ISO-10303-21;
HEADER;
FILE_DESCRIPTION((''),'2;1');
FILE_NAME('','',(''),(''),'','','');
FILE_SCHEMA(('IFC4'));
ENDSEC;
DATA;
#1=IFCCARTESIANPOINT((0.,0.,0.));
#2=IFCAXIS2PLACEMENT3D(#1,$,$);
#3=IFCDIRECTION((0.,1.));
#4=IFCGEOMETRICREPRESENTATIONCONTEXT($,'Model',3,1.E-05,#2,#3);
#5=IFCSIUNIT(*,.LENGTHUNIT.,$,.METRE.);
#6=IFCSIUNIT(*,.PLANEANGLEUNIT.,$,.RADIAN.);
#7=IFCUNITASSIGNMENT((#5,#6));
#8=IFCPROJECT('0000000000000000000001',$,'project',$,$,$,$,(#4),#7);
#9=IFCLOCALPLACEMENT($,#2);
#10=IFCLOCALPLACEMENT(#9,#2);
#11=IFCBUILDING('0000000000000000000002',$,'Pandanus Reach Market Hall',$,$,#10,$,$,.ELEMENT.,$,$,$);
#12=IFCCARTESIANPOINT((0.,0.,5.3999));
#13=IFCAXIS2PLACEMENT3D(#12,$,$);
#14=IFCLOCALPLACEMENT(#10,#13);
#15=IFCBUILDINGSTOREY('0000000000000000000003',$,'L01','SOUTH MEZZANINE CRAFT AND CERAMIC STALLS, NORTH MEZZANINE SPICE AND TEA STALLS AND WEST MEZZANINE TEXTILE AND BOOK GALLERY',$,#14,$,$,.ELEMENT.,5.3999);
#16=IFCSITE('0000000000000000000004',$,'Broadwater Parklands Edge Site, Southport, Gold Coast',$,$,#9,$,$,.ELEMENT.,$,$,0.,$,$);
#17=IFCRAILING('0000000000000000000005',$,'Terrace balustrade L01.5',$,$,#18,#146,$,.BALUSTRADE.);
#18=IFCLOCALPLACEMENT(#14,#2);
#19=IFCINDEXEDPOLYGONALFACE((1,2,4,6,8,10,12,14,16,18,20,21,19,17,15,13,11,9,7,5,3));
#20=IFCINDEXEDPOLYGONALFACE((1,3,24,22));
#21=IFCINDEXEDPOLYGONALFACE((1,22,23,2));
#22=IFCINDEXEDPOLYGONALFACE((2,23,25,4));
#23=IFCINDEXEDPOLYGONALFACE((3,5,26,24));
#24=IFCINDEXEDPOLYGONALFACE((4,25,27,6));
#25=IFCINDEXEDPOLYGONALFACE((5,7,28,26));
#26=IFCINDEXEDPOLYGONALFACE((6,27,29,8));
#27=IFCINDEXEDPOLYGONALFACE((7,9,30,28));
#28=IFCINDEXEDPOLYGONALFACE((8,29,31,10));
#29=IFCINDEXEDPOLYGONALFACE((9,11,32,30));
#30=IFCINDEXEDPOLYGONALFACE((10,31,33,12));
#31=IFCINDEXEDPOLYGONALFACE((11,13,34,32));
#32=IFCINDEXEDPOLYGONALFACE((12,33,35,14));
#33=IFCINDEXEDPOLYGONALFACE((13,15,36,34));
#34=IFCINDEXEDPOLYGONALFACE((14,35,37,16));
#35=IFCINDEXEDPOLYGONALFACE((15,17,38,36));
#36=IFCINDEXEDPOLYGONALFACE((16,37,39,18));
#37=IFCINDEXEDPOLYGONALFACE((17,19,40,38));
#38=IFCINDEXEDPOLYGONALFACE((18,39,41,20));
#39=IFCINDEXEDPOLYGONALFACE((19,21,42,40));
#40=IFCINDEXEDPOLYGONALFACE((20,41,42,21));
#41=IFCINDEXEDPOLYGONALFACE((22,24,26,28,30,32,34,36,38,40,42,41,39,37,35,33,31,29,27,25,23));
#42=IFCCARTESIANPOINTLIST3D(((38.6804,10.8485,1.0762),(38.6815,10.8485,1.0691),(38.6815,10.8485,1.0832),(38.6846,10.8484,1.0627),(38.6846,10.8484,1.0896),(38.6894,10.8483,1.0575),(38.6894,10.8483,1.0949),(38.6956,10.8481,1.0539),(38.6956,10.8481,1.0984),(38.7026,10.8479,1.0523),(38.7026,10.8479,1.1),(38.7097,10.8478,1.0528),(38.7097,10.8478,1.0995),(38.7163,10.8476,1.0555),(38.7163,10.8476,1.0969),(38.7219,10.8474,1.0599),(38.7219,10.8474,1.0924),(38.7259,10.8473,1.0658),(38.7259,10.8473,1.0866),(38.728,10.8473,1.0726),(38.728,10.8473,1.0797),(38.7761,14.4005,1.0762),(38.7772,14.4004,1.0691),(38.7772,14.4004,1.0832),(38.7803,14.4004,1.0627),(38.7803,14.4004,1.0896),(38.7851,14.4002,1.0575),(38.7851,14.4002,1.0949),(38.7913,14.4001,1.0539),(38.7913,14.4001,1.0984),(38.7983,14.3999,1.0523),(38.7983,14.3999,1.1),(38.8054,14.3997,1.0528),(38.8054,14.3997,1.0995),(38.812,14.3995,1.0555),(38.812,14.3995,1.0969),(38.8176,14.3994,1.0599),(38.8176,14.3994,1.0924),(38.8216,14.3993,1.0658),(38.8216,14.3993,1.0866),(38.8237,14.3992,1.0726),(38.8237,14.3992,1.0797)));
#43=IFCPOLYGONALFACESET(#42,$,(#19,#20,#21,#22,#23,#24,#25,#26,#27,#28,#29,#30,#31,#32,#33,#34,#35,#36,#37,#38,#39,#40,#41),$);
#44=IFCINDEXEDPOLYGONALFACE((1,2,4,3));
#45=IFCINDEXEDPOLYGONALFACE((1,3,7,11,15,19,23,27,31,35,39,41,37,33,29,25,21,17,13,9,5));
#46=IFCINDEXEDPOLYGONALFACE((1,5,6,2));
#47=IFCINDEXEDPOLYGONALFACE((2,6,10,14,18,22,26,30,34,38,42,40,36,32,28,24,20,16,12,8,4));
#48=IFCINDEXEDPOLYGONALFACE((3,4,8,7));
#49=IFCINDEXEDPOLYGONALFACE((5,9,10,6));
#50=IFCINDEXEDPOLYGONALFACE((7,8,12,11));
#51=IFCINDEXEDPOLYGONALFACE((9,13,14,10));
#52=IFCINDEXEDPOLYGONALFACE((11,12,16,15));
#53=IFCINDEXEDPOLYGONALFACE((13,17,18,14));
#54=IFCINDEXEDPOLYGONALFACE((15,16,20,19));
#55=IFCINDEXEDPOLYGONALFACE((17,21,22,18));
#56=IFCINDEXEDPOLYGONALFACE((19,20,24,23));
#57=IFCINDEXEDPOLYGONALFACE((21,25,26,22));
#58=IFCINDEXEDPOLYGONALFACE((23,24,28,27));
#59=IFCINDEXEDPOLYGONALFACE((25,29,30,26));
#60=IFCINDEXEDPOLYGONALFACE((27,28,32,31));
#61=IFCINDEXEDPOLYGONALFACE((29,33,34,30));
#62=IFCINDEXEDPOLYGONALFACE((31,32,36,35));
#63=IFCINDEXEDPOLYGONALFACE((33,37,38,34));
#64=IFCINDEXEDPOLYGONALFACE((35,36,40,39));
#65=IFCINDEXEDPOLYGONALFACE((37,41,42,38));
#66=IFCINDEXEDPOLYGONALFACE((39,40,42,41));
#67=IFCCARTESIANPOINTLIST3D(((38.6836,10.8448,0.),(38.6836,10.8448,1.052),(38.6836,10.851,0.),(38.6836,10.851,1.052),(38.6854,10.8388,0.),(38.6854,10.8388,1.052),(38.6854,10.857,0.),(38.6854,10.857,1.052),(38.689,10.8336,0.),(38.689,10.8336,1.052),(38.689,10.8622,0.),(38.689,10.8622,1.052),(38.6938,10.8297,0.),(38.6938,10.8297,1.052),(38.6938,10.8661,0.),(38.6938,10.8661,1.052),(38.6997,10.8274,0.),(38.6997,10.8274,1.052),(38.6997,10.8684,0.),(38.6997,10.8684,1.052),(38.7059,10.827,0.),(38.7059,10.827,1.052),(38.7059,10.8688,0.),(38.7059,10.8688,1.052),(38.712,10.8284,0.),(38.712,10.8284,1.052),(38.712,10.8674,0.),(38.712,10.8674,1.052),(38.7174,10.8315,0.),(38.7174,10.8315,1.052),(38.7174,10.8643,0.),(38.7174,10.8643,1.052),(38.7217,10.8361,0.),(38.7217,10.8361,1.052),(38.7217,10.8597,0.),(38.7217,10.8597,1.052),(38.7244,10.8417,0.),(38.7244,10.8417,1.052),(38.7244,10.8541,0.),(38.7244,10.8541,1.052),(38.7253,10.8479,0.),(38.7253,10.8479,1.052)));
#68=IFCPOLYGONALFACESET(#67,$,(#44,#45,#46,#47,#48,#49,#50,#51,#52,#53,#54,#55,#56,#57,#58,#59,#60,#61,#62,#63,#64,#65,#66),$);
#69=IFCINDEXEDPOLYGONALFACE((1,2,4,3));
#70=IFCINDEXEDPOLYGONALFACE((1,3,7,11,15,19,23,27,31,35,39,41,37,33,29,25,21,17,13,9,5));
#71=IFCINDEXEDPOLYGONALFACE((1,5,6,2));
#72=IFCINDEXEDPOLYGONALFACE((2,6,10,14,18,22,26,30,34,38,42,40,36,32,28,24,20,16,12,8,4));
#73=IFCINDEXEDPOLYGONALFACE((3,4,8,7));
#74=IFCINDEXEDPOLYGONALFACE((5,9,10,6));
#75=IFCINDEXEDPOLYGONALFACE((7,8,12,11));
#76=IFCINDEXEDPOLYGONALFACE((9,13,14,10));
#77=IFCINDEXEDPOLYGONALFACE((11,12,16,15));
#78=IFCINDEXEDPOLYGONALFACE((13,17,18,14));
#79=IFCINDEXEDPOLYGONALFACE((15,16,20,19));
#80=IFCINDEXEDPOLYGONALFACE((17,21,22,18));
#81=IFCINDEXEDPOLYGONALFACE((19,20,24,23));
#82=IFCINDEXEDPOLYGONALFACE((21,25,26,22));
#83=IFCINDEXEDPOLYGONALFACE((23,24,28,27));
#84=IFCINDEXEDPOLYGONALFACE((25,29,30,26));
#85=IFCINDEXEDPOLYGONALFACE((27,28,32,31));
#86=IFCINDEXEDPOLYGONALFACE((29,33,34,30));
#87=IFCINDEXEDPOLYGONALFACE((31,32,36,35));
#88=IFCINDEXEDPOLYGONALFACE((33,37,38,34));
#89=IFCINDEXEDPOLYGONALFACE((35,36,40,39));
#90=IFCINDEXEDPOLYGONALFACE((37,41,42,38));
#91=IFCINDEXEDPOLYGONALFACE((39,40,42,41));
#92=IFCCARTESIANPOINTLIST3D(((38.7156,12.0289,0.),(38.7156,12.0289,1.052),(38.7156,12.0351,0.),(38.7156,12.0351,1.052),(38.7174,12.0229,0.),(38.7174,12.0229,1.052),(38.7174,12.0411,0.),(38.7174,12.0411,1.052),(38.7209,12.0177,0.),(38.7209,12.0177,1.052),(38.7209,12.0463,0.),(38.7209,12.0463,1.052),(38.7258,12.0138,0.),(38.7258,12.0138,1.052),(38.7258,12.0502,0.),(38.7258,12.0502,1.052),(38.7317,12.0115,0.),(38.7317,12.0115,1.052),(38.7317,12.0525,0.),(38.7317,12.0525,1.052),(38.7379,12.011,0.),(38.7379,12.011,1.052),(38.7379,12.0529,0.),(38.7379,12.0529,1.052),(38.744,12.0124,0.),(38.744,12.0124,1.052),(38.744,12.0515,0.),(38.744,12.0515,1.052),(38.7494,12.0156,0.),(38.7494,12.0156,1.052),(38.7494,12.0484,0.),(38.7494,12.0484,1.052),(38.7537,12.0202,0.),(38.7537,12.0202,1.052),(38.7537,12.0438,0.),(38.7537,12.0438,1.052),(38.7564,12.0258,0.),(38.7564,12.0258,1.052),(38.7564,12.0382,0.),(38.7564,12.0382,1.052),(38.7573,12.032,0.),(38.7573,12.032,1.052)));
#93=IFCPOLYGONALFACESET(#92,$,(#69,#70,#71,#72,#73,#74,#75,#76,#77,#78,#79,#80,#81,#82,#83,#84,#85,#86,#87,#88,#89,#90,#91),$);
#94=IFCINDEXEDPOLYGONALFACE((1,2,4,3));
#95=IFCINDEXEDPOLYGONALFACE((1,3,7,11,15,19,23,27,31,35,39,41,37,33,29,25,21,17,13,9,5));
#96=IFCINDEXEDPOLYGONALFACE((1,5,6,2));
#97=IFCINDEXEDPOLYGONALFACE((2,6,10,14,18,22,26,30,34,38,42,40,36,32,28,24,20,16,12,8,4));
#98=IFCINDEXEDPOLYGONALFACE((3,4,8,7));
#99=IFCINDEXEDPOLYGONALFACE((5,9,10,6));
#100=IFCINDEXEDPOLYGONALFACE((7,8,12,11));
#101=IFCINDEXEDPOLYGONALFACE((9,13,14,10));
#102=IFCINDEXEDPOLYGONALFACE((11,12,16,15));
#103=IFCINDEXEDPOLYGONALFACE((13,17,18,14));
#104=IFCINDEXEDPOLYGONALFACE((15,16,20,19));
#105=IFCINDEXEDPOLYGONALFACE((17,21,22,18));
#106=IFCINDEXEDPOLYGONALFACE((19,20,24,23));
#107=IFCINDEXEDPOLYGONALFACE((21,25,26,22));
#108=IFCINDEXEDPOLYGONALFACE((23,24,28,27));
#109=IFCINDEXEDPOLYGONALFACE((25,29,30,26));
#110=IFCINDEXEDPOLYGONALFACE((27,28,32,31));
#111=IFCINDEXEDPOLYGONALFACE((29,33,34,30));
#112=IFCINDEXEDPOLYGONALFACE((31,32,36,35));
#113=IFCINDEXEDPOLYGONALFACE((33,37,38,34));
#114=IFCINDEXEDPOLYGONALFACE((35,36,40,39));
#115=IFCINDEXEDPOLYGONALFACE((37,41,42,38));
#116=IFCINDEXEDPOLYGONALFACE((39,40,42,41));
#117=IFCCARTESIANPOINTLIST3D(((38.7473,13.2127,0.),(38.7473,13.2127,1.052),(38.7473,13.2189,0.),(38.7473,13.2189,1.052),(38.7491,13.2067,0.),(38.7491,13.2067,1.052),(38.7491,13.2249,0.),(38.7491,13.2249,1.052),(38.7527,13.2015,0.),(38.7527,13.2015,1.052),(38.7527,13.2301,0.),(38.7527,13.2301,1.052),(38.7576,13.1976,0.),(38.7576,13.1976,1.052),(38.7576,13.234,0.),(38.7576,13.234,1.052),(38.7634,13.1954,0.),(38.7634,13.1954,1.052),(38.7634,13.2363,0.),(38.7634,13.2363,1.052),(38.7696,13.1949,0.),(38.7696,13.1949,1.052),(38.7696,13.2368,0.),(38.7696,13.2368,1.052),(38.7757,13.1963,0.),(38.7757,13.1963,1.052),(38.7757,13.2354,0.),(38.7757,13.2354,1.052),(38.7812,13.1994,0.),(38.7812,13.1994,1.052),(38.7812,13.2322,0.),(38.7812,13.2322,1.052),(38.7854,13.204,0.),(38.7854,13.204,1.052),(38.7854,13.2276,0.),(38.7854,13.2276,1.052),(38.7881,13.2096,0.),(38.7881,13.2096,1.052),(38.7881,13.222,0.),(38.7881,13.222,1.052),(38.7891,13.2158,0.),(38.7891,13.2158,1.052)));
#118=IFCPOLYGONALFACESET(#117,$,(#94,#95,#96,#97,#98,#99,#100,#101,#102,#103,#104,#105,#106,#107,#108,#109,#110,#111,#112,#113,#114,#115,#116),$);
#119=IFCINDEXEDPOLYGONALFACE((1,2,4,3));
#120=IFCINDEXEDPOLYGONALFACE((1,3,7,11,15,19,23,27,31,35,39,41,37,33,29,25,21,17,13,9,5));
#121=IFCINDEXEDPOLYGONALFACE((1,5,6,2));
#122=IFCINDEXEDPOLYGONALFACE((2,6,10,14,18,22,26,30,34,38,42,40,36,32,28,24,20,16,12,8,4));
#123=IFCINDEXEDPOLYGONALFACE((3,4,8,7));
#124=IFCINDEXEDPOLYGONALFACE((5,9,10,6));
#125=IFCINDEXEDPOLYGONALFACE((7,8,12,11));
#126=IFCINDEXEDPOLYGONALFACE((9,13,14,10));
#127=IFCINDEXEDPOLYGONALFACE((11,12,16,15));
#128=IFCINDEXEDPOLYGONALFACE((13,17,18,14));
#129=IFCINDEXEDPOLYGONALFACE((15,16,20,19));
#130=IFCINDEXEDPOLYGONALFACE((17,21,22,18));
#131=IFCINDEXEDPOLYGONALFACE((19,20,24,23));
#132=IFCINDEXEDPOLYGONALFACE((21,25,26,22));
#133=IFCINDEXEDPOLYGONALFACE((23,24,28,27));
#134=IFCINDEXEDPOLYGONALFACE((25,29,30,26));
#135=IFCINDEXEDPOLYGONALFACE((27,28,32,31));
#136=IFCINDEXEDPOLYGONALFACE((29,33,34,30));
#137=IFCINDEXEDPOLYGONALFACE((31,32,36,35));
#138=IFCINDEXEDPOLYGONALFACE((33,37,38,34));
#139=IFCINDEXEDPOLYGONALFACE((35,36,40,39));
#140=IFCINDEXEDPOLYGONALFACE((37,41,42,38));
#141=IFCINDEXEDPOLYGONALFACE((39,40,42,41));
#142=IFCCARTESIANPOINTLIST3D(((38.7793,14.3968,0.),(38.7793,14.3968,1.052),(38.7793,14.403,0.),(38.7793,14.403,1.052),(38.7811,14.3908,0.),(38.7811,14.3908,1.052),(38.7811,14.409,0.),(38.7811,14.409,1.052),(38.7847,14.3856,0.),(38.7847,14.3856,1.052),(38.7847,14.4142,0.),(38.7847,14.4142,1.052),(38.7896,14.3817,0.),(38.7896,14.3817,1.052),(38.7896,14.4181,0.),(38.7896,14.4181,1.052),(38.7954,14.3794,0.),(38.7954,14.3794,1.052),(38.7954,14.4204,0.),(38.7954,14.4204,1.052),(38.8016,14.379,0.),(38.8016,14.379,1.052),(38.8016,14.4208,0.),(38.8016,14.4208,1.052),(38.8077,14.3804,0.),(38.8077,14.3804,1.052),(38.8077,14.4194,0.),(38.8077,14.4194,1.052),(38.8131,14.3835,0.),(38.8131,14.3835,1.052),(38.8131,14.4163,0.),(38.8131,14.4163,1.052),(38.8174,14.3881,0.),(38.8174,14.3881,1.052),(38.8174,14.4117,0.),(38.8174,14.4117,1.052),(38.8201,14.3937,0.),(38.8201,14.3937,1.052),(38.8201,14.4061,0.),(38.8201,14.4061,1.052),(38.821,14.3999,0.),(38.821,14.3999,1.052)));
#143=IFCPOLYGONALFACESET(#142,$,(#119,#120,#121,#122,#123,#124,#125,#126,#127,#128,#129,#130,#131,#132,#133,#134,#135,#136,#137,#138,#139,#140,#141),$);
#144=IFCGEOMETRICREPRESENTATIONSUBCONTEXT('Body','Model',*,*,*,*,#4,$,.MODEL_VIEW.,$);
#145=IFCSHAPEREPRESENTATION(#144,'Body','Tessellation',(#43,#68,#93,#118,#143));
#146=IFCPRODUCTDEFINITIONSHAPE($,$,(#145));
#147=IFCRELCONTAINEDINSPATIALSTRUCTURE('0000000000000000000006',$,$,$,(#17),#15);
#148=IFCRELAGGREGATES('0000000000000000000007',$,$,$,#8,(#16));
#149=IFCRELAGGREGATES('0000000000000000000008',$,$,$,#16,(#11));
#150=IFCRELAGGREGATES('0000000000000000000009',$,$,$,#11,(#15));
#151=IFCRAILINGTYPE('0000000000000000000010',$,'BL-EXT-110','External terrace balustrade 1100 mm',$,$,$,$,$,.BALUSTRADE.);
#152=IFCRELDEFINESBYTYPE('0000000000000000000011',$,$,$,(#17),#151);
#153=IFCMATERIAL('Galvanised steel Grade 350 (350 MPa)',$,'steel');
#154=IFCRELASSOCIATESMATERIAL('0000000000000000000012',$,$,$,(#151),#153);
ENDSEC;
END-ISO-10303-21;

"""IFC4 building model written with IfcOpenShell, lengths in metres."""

from ifc_helpers import new_model, si_unit, direction, frame, origin, origin_2d, place, context, subcontext, project, spatial, circle, extrude, material, type_object, element, save


model = new_model("IFC4")

# Units and contexts
model_context = context("Model", 3, precision=1e-05, world=origin(), true_north=direction((0.0, 1.0)))
body_context = subcontext(model_context, "Body", "Model", "MODEL_VIEW")
ifc_project = project(units=[si_unit("LENGTHUNIT", "METRE"), si_unit("PLANEANGLEUNIT", "RADIAN")], contexts=[model_context])

# Site, building, storey
site_placement = place(None, origin())
site = spatial("IfcSite", under=ifc_project, at=site_placement, Name="Broadwater Parklands Edge Site, Southport, Gold Coast", CompositionType="ELEMENT", RefElevation=0.0)
building_placement = place(site_placement, origin())
building = spatial("IfcBuilding", under=site, at=building_placement, Name="Pandanus Reach Market Hall", CompositionType="ELEMENT")
storey_placement = place(building_placement, frame((0.0, 0.0, 5.3999)))
storey = spatial("IfcBuildingStorey", under=building, at=storey_placement, Name="L01", Description="SOUTH MEZZANINE CRAFT AND CERAMIC STALLS, NORTH MEZZANINE SPICE AND TEA STALLS AND WEST MEZZANINE TEXTILE AND BOOK GALLERY", CompositionType="ELEMENT", Elevation=5.3999)

# Railing
ifc_material_1 = material(Name="Galvanised steel Grade 350 (350 MPa)", Category="steel")
railing_type = type_object("IfcRailingType", Name="BL-EXT-110", Description="External terrace balustrade 1100 mm", PredefinedType="BALUSTRADE", material=ifc_material_1)
railing_1_placement = place(storey_placement, frame((38.7043, 10.8479, 0.0)))
element("IfcRailing", 1, at=railing_1_placement, inside=storey, type_object=railing_type, Name="Terrace balustrade L01.5", PredefinedType="BALUSTRADE", context=body_context, shape_type="SweptSolid", body=[
    extrude(circle(Radius=0.0239, at=origin_2d()), frame((0.0, 0.0, 1.0762), z_axis=(0.026934, 0.999637, 0.0), x_axis=(-0.999637, 0.026934, 0.0)), (0.0, 0.0, 1.0), 3.5532),
    extrude(circle(Radius=0.021, at=origin_2d()), origin(), (0.0, 0.0, 1.0), 1.052),
    extrude(circle(Radius=0.021, at=origin_2d()), frame((0.032, 1.1841, 0.0)), (0.0, 0.0, 1.0), 1.052),
    extrude(circle(Radius=0.021, at=origin_2d()), frame((0.0637, 2.3679, 0.0)), (0.0, 0.0, 1.0), 1.052),
    extrude(circle(Radius=0.021, at=origin_2d()), frame((0.0957, 3.552, 0.0)), (0.0, 0.0, 1.0), 1.052),
])

save(model, "model.ifc")
